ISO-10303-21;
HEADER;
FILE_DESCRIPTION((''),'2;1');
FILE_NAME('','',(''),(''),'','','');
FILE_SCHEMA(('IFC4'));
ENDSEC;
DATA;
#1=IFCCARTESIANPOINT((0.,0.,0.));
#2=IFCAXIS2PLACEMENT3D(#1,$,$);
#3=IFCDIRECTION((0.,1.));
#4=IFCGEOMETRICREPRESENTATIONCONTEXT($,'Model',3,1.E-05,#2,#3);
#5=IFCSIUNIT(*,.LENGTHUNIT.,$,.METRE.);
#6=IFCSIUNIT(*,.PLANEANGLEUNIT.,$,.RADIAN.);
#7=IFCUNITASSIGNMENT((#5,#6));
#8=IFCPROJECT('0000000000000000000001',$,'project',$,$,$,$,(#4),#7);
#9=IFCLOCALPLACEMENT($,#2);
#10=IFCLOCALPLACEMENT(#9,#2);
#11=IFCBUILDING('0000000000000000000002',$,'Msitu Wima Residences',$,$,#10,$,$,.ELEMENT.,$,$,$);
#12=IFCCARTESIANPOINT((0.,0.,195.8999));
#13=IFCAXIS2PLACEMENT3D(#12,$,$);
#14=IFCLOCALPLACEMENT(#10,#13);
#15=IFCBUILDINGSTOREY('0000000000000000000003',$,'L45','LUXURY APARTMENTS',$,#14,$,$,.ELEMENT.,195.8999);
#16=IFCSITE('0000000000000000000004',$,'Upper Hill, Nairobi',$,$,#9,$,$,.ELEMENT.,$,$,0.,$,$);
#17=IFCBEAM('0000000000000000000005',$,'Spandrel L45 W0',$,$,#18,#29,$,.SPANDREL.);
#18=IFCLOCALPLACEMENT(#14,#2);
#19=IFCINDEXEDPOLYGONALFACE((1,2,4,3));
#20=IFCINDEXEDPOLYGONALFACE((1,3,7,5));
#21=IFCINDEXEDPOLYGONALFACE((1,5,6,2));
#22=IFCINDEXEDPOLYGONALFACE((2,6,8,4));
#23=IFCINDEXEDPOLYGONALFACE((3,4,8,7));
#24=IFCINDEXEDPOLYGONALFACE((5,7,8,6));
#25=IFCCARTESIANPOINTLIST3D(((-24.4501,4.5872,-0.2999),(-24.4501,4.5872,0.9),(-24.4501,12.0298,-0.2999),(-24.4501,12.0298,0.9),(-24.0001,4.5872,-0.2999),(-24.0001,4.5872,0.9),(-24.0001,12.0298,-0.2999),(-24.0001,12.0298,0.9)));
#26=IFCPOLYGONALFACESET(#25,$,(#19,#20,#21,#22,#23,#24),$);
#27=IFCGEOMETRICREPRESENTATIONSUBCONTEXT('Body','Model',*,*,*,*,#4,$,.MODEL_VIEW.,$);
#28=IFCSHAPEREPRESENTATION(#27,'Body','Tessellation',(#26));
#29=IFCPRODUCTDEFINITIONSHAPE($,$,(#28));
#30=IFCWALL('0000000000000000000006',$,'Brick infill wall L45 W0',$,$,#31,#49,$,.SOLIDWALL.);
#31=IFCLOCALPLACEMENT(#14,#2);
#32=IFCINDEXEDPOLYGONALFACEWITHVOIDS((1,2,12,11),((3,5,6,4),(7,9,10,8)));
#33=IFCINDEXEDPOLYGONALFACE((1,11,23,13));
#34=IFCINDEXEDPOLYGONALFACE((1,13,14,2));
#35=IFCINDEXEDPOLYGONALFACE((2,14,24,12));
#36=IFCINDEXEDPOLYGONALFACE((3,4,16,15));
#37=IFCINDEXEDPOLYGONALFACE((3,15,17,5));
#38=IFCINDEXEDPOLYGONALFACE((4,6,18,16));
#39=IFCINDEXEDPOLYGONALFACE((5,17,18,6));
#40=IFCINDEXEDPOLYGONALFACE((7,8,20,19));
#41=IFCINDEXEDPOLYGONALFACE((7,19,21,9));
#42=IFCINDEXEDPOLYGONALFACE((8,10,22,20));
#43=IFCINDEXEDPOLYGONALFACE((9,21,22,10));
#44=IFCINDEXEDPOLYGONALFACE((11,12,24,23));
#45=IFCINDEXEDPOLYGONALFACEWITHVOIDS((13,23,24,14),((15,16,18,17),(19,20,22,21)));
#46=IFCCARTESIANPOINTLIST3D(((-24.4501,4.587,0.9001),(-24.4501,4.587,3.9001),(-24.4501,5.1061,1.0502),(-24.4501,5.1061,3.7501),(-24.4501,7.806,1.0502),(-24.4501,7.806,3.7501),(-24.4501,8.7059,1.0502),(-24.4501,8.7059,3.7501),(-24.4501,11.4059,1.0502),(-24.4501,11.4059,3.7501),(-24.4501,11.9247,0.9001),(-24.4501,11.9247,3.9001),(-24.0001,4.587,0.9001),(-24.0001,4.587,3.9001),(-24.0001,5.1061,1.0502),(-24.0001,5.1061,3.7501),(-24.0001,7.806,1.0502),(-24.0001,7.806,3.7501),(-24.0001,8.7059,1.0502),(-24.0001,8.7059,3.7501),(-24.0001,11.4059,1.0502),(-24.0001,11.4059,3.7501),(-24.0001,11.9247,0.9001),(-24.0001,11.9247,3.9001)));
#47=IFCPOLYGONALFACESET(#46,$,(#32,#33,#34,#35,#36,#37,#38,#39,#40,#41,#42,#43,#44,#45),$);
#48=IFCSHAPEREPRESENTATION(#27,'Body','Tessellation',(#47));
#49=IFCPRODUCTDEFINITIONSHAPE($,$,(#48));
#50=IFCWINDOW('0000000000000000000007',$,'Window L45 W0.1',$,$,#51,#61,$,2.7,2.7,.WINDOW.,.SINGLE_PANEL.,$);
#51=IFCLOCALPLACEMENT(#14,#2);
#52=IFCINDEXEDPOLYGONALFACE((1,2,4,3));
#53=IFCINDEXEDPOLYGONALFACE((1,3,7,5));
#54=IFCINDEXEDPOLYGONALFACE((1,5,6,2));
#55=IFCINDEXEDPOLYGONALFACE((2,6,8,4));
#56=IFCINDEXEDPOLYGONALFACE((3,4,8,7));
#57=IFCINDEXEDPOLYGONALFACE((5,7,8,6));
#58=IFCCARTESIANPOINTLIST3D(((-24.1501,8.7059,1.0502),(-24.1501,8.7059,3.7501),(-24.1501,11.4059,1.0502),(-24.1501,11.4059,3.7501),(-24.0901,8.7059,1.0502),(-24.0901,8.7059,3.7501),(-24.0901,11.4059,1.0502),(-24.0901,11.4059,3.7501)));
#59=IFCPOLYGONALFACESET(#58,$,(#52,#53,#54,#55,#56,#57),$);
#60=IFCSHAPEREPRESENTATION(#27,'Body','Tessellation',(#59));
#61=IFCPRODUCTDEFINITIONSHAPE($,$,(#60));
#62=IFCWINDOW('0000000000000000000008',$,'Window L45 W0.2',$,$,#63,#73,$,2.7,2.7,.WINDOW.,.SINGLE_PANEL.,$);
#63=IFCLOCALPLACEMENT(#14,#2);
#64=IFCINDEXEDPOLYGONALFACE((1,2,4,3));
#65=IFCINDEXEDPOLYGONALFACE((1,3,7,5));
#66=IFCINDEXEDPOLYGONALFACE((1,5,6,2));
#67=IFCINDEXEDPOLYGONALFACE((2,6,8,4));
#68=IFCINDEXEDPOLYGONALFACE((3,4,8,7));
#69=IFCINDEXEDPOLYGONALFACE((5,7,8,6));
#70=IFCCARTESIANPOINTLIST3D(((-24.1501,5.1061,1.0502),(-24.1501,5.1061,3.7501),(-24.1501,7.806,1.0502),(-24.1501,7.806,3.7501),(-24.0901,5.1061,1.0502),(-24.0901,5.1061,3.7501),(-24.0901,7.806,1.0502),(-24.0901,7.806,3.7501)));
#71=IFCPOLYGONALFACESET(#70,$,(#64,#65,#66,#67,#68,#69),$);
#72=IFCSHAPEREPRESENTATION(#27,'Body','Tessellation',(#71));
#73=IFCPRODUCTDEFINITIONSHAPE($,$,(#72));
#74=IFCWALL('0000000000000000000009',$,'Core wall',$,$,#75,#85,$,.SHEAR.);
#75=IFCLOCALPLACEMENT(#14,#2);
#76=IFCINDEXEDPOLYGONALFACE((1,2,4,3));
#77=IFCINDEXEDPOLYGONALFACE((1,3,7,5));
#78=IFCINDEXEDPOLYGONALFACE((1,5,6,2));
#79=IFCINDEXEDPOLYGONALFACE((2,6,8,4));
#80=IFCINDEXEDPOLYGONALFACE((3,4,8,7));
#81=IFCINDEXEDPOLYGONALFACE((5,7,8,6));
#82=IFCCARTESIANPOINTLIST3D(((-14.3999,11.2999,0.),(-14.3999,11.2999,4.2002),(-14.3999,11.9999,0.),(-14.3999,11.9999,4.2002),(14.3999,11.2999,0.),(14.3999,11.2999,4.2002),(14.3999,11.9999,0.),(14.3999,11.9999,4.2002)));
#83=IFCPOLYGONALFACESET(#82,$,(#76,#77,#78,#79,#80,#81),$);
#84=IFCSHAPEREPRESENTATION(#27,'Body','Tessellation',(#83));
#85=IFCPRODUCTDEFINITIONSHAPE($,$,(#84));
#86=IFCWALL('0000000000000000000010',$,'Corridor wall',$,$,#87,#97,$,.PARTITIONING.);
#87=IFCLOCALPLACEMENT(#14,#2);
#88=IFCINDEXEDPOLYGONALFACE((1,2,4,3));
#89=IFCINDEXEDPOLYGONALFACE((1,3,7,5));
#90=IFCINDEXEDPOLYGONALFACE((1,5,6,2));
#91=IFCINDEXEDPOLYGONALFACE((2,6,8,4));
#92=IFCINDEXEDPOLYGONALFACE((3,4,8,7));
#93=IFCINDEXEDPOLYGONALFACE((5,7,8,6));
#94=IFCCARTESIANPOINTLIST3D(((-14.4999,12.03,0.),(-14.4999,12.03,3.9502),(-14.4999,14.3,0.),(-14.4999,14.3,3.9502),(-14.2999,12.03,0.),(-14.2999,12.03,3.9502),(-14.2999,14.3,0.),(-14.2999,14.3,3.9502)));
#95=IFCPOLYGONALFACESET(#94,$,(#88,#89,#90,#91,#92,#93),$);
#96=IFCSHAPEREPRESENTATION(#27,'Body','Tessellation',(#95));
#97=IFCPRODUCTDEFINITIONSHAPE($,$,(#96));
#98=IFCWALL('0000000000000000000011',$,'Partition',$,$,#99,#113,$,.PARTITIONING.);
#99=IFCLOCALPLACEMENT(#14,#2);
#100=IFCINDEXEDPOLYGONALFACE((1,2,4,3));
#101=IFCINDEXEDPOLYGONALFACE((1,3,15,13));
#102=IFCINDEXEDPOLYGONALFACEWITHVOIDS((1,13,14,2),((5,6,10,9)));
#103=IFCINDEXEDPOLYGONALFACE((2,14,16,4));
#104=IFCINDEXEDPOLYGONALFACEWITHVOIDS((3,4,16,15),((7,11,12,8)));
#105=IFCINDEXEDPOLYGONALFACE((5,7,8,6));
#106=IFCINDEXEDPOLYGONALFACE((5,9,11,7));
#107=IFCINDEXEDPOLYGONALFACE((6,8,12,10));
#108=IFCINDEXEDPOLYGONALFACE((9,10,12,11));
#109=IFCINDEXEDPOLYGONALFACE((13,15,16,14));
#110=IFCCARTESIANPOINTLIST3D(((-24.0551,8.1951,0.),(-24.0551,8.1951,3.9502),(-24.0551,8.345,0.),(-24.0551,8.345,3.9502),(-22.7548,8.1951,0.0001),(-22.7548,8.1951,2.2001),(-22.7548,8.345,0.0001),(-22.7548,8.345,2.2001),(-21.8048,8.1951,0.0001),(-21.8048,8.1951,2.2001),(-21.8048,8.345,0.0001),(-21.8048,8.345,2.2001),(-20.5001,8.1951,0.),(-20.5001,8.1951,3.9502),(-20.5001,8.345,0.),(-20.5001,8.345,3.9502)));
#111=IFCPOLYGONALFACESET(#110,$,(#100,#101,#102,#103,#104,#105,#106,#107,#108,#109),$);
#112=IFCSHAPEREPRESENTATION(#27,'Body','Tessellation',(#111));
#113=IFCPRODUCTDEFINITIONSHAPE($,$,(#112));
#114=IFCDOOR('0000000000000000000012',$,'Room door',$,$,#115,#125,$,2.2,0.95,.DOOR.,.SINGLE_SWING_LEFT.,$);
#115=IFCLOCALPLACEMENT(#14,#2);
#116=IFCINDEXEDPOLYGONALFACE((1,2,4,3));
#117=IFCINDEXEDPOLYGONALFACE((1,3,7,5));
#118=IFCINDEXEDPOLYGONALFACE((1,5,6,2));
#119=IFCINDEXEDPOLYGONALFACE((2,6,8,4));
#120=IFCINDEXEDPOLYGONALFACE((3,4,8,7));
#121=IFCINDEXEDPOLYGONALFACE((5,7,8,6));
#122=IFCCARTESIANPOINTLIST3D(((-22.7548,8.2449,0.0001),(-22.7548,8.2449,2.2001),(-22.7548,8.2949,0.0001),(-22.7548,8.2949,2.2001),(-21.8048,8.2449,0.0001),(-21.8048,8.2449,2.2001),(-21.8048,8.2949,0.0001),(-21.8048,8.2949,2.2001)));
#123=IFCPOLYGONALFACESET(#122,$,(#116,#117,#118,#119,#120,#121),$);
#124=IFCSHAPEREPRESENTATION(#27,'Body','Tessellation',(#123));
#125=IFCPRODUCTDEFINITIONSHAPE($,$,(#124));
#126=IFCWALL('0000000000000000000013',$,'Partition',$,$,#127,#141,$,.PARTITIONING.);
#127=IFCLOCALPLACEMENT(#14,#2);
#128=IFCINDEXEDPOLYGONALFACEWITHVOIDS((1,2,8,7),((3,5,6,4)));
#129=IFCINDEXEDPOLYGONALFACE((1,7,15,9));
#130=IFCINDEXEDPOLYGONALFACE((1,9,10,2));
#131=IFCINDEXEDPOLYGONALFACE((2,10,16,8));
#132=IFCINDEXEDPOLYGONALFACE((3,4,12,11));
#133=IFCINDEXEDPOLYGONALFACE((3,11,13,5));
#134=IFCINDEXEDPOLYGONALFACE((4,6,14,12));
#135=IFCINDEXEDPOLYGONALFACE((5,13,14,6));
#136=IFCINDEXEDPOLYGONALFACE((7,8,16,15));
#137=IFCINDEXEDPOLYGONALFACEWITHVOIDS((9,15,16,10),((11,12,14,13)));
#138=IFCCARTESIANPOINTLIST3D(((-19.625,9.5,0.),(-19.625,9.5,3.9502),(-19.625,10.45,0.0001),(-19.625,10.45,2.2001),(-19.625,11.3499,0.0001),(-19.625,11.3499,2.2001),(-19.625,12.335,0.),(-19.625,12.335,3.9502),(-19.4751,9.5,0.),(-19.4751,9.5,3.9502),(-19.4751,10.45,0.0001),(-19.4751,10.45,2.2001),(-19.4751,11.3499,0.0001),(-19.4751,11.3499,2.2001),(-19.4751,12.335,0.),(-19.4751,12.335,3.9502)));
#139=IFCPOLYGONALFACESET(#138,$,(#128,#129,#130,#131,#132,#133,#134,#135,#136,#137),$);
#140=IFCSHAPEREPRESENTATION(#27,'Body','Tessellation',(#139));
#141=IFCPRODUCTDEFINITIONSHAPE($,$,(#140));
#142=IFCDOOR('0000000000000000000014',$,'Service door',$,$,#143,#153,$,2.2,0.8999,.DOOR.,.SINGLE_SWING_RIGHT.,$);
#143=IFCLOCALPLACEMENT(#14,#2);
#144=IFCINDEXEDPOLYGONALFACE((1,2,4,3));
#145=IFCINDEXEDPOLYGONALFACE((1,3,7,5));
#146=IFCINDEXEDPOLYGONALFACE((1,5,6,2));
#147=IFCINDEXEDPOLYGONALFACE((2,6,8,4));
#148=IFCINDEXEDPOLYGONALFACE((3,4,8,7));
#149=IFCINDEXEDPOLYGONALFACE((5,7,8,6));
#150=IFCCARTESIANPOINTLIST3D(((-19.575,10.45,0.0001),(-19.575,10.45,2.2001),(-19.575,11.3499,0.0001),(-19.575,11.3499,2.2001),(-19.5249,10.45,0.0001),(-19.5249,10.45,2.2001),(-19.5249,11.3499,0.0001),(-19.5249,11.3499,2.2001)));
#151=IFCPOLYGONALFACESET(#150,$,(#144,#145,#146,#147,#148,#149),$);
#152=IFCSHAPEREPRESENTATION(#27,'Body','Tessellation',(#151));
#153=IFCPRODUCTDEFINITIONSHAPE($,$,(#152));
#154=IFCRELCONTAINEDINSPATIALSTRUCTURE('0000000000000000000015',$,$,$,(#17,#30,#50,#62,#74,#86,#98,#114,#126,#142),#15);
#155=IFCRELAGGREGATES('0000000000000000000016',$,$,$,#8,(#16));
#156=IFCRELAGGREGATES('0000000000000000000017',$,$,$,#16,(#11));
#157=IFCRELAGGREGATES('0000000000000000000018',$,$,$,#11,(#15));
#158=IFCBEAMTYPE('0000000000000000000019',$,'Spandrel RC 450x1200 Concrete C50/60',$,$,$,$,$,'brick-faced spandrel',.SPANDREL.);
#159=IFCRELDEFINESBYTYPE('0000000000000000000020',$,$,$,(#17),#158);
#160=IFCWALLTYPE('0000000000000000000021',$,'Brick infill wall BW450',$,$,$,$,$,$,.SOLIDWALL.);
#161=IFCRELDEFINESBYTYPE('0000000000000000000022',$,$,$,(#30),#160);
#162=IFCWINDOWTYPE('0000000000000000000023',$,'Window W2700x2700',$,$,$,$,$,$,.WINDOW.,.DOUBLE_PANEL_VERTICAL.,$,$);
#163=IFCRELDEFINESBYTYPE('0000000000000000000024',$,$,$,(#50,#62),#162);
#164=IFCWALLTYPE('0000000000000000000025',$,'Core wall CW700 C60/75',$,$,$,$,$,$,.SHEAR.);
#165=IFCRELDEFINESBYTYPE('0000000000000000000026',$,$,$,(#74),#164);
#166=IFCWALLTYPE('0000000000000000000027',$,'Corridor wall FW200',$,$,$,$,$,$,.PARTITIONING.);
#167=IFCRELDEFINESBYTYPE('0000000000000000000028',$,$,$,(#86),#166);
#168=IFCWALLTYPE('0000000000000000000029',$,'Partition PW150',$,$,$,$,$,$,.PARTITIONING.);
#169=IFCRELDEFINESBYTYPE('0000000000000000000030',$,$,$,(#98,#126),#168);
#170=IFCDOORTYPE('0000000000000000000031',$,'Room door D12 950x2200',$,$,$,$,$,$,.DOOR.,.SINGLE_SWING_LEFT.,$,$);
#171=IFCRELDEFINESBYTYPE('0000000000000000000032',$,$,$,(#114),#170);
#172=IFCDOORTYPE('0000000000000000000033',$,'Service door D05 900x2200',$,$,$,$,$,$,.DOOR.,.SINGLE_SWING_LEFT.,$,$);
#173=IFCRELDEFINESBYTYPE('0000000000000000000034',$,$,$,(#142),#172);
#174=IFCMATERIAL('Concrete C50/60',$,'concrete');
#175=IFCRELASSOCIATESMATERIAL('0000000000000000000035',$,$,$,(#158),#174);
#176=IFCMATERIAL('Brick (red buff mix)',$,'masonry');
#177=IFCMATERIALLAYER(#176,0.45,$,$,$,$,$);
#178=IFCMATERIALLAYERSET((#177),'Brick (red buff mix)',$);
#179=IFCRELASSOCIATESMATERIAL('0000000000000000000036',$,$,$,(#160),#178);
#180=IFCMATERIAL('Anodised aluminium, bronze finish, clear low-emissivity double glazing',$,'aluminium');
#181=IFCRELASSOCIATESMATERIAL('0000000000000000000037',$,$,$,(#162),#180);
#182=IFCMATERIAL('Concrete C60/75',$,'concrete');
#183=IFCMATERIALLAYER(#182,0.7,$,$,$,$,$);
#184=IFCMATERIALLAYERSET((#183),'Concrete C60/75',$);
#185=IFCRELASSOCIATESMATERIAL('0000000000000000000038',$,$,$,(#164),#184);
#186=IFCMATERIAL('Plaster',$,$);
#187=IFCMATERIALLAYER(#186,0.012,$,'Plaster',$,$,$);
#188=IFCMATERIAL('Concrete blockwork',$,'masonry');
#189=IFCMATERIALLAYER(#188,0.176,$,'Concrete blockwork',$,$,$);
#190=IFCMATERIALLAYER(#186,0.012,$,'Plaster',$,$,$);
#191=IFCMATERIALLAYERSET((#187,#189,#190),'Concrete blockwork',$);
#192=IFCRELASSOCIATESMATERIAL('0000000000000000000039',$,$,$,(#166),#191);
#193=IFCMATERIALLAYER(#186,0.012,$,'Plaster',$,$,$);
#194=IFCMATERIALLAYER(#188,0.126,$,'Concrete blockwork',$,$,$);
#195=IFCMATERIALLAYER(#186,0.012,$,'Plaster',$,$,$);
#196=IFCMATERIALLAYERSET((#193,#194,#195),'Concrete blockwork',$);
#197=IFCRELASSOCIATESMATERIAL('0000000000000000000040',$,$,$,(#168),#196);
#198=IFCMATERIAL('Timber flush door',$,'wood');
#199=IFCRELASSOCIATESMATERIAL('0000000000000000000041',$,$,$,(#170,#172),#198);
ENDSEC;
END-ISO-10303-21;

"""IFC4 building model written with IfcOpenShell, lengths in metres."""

from ifc_helpers import new_model, si_unit, direction, frame, frame_2d, origin, origin_2d, place, context, subcontext, project, spatial, rectangle, extrude, material, layer, layer_set, material_profile, profile_set, type_object, element, fill, save


model = new_model("IFC4")

# Units and contexts
model_context = context("Model", 3, precision=1e-05, world=origin(), true_north=direction((0.0, 1.0)))
body_context = subcontext(model_context, "Body", "Model", "MODEL_VIEW")
ifc_project = project(units=[si_unit("LENGTHUNIT", "METRE"), si_unit("PLANEANGLEUNIT", "RADIAN")], contexts=[model_context])

# Site, building, storey
site_placement = place(None, origin())
site = spatial("IfcSite", under=ifc_project, at=site_placement, Name="Upper Hill, Nairobi", CompositionType="ELEMENT", RefElevation=0.0)
building_placement = place(site_placement, origin())
building = spatial("IfcBuilding", under=site, at=building_placement, Name="Msitu Wima Residences", CompositionType="ELEMENT")
storey_placement = place(building_placement, frame((0.0, 0.0, 195.8999)))
storey = spatial("IfcBuildingStorey", under=building, at=storey_placement, Name="L45", Description="LUXURY APARTMENTS", CompositionType="ELEMENT", Elevation=195.8999)

# Beam
ifc_material_1 = material(Name="Concrete C50/60", Category="concrete")
ifc_material_profile = material_profile(ifc_material_1, rectangle(XDim=0.45, YDim=1.2, at=origin_2d()), Name="RC 450x1200")
ifc_profile_set = profile_set([ifc_material_profile], Name="Concrete C50/60")
beam_type = type_object("IfcBeamType", Name="Spandrel RC 450x1200 Concrete C50/60", ElementType="brick-faced spandrel", PredefinedType="SPANDREL", material=ifc_profile_set)
beam_placement = place(storey_placement, frame((-24.2251, 12.0298, 0.3), z_axis=(0.0, -1.0, 0.0), x_axis=(1.0, 0.0, 0.0)))
element("IfcBeam", 1, at=beam_placement, inside=storey, type_object=beam_type, Name="Spandrel L45 W0", PredefinedType="SPANDREL", context=body_context, shape_type="SweptSolid", body=[
    extrude(rectangle(XDim=0.45, YDim=1.2, at=origin_2d()), origin(), (0.0, 0.0, 1.0), 7.4426),
])

# Wall, openings, windows
ifc_material_2 = material(Name="Brick (red buff mix)", Category="masonry")
ifc_layer_1 = layer(ifc_material_2, 0.45)
ifc_layer_set_1 = layer_set([ifc_layer_1], Name="Brick (red buff mix)")
wall_type_1 = type_object("IfcWallType", Name="Brick infill wall BW450", PredefinedType="SOLIDWALL", material=ifc_layer_set_1)
wall_1_placement = place(storey_placement, frame((-24.2251, 11.9248, 0.9001), z_axis=(0.0, 0.0, 1.0), x_axis=(0.0, -1.0, 0.0)))
wall_1 = element("IfcWall", 2, at=wall_1_placement, inside=storey, type_object=wall_type_1, Name="Brick infill wall L45 W0", PredefinedType="SOLIDWALL", context=body_context, shape_type="SweptSolid", body=[
    extrude(rectangle(XDim=7.3376, YDim=0.45, at=frame_2d((3.6689, 0.0))), origin(), (0.0, 0.0, 1.0), 3.0),
])
opening_1_placement = place(wall_1_placement, frame((0.5188, 0.0, 0.1499)))
opening_1 = element("IfcOpeningElement", 3, at=opening_1_placement, cuts=wall_1, PredefinedType="OPENING", context=body_context, shape_type="SweptSolid", body=[
    extrude(rectangle(XDim=2.7, YDim=2.7, at=frame_2d((1.3501, 1.3501))), frame((0.0, 0.2349, 0.0), z_axis=(0.0, -1.0, 0.0), x_axis=(1.0, 0.0, 0.0)), (0.0, 0.0, 1.0), 0.47),
])
opening_2_placement = place(wall_1_placement, frame((4.1187, 0.0, 0.1499)))
opening_2 = element("IfcOpeningElement", 4, at=opening_2_placement, cuts=wall_1, PredefinedType="OPENING", context=body_context, shape_type="SweptSolid", body=[
    extrude(rectangle(XDim=2.7, YDim=2.7, at=frame_2d((1.3501, 1.3501))), frame((0.0, 0.2349, 0.0), z_axis=(0.0, -1.0, 0.0), x_axis=(1.0, 0.0, 0.0)), (0.0, 0.0, 1.0), 0.47),
])
ifc_material_3 = material(Name="Anodised aluminium, bronze finish, clear low-emissivity double glazing", Category="aluminium")
window_type = type_object("IfcWindowType", Name="Window W2700x2700", PartitioningType="DOUBLE_PANEL_VERTICAL", PredefinedType="WINDOW", material=ifc_material_3)
window_1_placement = place(opening_1_placement, origin())
window_1 = element("IfcWindow", 5, at=window_1_placement, inside=storey, type_object=window_type, Name="Window L45 W0.1", OverallHeight=2.7, OverallWidth=2.7, PartitioningType="SINGLE_PANEL", PredefinedType="WINDOW", context=body_context, shape_type="SweptSolid", body=[
    extrude(rectangle(XDim=2.7, YDim=2.7, at=frame_2d((1.3501, 1.3501))), frame((0.0, 0.135, 0.0), z_axis=(0.0, -1.0, 0.0), x_axis=(1.0, 0.0, 0.0)), (0.0, 0.0, 1.0), 0.0601),
])
fill(opening_1, window_1)
window_2_placement = place(opening_2_placement, origin())
window_2 = element("IfcWindow", 6, at=window_2_placement, inside=storey, type_object=window_type, Name="Window L45 W0.2", OverallHeight=2.7, OverallWidth=2.7, PartitioningType="SINGLE_PANEL", PredefinedType="WINDOW", context=body_context, shape_type="SweptSolid", body=[
    extrude(rectangle(XDim=2.7, YDim=2.7, at=frame_2d((1.3501, 1.3501))), frame((0.0, 0.135, 0.0), z_axis=(0.0, -1.0, 0.0), x_axis=(1.0, 0.0, 0.0)), (0.0, 0.0, 1.0), 0.0601),
])
fill(opening_2, window_2)

# Walls
ifc_material_4 = material(Name="Concrete C60/75", Category="concrete")
ifc_layer_2 = layer(ifc_material_4, 0.7)
ifc_layer_set_2 = layer_set([ifc_layer_2], Name="Concrete C60/75")
wall_type_2 = type_object("IfcWallType", Name="Core wall CW700 C60/75", PredefinedType="SHEAR", material=ifc_layer_set_2)
wall_2_placement = place(storey_placement, frame((-14.3999, 11.6499, 0.0), z_axis=(0.0, 0.0, 1.0), x_axis=(1.0, 0.0, 0.0)))
element("IfcWall", 7, at=wall_2_placement, inside=storey, type_object=wall_type_2, Name="Core wall", PredefinedType="SHEAR", context=body_context, shape_type="SweptSolid", body=[
    extrude(rectangle(XDim=28.7998, YDim=0.7, at=frame_2d((14.3999, 0.0))), origin(), (0.0, 0.0, 1.0), 4.2002),
])
ifc_material_5 = material(Name="Plaster")
ifc_layer_3 = layer(ifc_material_5, 0.012, Name="Plaster")
ifc_material_6 = material(Name="Concrete blockwork", Category="masonry")
ifc_layer_4 = layer(ifc_material_6, 0.176, Name="Concrete blockwork")
ifc_layer_5 = layer(ifc_material_5, 0.012, Name="Plaster")
ifc_layer_set_3 = layer_set([ifc_layer_3, ifc_layer_4, ifc_layer_5], Name="Concrete blockwork")
wall_type_3 = type_object("IfcWallType", Name="Corridor wall FW200", PredefinedType="PARTITIONING", material=ifc_layer_set_3)
wall_3_placement = place(storey_placement, frame((-14.3999, 12.03, 0.0), z_axis=(0.0, 0.0, 1.0), x_axis=(0.0, 1.0, 0.0)))
element("IfcWall", 8, at=wall_3_placement, inside=storey, type_object=wall_type_3, Name="Corridor wall", PredefinedType="PARTITIONING", context=body_context, shape_type="SweptSolid", body=[
    extrude(rectangle(XDim=2.27, YDim=0.2, at=frame_2d((1.135, 0.0))), origin(), (0.0, 0.0, 1.0), 3.9502),
])

# Walls, openings, doors
ifc_layer_6 = layer(ifc_material_5, 0.012, Name="Plaster")
ifc_layer_7 = layer(ifc_material_6, 0.126, Name="Concrete blockwork")
ifc_layer_8 = layer(ifc_material_5, 0.012, Name="Plaster")
ifc_layer_set_4 = layer_set([ifc_layer_6, ifc_layer_7, ifc_layer_8], Name="Concrete blockwork")
wall_type_4 = type_object("IfcWallType", Name="Partition PW150", PredefinedType="PARTITIONING", material=ifc_layer_set_4)
wall_4_placement = place(storey_placement, frame((-24.0549, 8.27, 0.0), z_axis=(0.0, 0.0, 1.0), x_axis=(1.0, 0.0, 0.0)))
wall_4 = element("IfcWall", 9, at=wall_4_placement, inside=storey, type_object=wall_type_4, Name="Partition", PredefinedType="PARTITIONING", context=body_context, shape_type="SweptSolid", body=[
    extrude(rectangle(XDim=3.5549, YDim=0.1499, at=frame_2d((1.7773, 0.0))), origin(), (0.0, 0.0, 1.0), 3.9502),
])
opening_3_placement = place(wall_4_placement, frame((1.3, 0.0, 0.0)))
opening_3 = element("IfcOpeningElement", 10, at=opening_3_placement, cuts=wall_4, PredefinedType="OPENING", context=body_context, shape_type="SweptSolid", body=[
    extrude(rectangle(XDim=0.95, YDim=2.2, at=frame_2d((0.4751, 1.1001))), frame((0.0, 0.085, 0.0), z_axis=(0.0, -1.0, 0.0), x_axis=(1.0, 0.0, 0.0)), (0.0, 0.0, 1.0), 0.1699),
])
ifc_material_7 = material(Name="Timber flush door", Category="wood")
door_type_1 = type_object("IfcDoorType", Name="Room door D12 950x2200", OperationType="SINGLE_SWING_LEFT", PredefinedType="DOOR", material=ifc_material_7)
door_1_placement = place(opening_3_placement, origin())
door_1 = element("IfcDoor", 11, at=door_1_placement, inside=storey, type_object=door_type_1, Name="Room door", OperationType="SINGLE_SWING_LEFT", OverallHeight=2.2, OverallWidth=0.95, PredefinedType="DOOR", context=body_context, shape_type="SweptSolid", body=[
    extrude(rectangle(XDim=0.95, YDim=2.2, at=frame_2d((0.4751, 1.1001))), frame((0.0, 0.0249, 0.0), z_axis=(0.0, -1.0, 0.0), x_axis=(1.0, 0.0, 0.0)), (0.0, 0.0, 1.0), 0.05),
])
fill(opening_3, door_1)
wall_5_placement = place(storey_placement, frame((-19.55, 9.5, 0.0), z_axis=(0.0, 0.0, 1.0), x_axis=(0.0, 1.0, 0.0)))
wall_5 = element("IfcWall", 12, at=wall_5_placement, inside=storey, type_object=wall_type_4, Name="Partition", PredefinedType="PARTITIONING", context=body_context, shape_type="SweptSolid", body=[
    extrude(rectangle(XDim=2.835, YDim=0.1499, at=frame_2d((1.4175, 0.0))), origin(), (0.0, 0.0, 1.0), 3.9502),
])
opening_4_placement = place(wall_5_placement, frame((0.95, 0.0, 0.0)))
opening_4 = element("IfcOpeningElement", 13, at=opening_4_placement, cuts=wall_5, PredefinedType="OPENING", context=body_context, shape_type="SweptSolid", body=[
    extrude(rectangle(XDim=0.8999, YDim=2.2, at=frame_2d((0.45, 1.1001))), frame((0.0, 0.085, 0.0), z_axis=(0.0, -1.0, 0.0), x_axis=(1.0, 0.0, 0.0)), (0.0, 0.0, 1.0), 0.1699),
])
door_type_2 = type_object("IfcDoorType", Name="Service door D05 900x2200", OperationType="SINGLE_SWING_LEFT", PredefinedType="DOOR", material=ifc_material_7)
door_2_placement = place(opening_4_placement, origin())
door_2 = element("IfcDoor", 14, at=door_2_placement, inside=storey, type_object=door_type_2, Name="Service door", OperationType="SINGLE_SWING_RIGHT", OverallHeight=2.2, OverallWidth=0.8999, PredefinedType="DOOR", context=body_context, shape_type="SweptSolid", body=[
    extrude(rectangle(XDim=0.8999, YDim=2.2, at=frame_2d((0.45, 1.1001))), frame((0.0, 0.0249, 0.0), z_axis=(0.0, -1.0, 0.0), x_axis=(1.0, 0.0, 0.0)), (0.0, 0.0, 1.0), 0.05),
])
fill(opening_4, door_2)

save(model, "model.ifc")
